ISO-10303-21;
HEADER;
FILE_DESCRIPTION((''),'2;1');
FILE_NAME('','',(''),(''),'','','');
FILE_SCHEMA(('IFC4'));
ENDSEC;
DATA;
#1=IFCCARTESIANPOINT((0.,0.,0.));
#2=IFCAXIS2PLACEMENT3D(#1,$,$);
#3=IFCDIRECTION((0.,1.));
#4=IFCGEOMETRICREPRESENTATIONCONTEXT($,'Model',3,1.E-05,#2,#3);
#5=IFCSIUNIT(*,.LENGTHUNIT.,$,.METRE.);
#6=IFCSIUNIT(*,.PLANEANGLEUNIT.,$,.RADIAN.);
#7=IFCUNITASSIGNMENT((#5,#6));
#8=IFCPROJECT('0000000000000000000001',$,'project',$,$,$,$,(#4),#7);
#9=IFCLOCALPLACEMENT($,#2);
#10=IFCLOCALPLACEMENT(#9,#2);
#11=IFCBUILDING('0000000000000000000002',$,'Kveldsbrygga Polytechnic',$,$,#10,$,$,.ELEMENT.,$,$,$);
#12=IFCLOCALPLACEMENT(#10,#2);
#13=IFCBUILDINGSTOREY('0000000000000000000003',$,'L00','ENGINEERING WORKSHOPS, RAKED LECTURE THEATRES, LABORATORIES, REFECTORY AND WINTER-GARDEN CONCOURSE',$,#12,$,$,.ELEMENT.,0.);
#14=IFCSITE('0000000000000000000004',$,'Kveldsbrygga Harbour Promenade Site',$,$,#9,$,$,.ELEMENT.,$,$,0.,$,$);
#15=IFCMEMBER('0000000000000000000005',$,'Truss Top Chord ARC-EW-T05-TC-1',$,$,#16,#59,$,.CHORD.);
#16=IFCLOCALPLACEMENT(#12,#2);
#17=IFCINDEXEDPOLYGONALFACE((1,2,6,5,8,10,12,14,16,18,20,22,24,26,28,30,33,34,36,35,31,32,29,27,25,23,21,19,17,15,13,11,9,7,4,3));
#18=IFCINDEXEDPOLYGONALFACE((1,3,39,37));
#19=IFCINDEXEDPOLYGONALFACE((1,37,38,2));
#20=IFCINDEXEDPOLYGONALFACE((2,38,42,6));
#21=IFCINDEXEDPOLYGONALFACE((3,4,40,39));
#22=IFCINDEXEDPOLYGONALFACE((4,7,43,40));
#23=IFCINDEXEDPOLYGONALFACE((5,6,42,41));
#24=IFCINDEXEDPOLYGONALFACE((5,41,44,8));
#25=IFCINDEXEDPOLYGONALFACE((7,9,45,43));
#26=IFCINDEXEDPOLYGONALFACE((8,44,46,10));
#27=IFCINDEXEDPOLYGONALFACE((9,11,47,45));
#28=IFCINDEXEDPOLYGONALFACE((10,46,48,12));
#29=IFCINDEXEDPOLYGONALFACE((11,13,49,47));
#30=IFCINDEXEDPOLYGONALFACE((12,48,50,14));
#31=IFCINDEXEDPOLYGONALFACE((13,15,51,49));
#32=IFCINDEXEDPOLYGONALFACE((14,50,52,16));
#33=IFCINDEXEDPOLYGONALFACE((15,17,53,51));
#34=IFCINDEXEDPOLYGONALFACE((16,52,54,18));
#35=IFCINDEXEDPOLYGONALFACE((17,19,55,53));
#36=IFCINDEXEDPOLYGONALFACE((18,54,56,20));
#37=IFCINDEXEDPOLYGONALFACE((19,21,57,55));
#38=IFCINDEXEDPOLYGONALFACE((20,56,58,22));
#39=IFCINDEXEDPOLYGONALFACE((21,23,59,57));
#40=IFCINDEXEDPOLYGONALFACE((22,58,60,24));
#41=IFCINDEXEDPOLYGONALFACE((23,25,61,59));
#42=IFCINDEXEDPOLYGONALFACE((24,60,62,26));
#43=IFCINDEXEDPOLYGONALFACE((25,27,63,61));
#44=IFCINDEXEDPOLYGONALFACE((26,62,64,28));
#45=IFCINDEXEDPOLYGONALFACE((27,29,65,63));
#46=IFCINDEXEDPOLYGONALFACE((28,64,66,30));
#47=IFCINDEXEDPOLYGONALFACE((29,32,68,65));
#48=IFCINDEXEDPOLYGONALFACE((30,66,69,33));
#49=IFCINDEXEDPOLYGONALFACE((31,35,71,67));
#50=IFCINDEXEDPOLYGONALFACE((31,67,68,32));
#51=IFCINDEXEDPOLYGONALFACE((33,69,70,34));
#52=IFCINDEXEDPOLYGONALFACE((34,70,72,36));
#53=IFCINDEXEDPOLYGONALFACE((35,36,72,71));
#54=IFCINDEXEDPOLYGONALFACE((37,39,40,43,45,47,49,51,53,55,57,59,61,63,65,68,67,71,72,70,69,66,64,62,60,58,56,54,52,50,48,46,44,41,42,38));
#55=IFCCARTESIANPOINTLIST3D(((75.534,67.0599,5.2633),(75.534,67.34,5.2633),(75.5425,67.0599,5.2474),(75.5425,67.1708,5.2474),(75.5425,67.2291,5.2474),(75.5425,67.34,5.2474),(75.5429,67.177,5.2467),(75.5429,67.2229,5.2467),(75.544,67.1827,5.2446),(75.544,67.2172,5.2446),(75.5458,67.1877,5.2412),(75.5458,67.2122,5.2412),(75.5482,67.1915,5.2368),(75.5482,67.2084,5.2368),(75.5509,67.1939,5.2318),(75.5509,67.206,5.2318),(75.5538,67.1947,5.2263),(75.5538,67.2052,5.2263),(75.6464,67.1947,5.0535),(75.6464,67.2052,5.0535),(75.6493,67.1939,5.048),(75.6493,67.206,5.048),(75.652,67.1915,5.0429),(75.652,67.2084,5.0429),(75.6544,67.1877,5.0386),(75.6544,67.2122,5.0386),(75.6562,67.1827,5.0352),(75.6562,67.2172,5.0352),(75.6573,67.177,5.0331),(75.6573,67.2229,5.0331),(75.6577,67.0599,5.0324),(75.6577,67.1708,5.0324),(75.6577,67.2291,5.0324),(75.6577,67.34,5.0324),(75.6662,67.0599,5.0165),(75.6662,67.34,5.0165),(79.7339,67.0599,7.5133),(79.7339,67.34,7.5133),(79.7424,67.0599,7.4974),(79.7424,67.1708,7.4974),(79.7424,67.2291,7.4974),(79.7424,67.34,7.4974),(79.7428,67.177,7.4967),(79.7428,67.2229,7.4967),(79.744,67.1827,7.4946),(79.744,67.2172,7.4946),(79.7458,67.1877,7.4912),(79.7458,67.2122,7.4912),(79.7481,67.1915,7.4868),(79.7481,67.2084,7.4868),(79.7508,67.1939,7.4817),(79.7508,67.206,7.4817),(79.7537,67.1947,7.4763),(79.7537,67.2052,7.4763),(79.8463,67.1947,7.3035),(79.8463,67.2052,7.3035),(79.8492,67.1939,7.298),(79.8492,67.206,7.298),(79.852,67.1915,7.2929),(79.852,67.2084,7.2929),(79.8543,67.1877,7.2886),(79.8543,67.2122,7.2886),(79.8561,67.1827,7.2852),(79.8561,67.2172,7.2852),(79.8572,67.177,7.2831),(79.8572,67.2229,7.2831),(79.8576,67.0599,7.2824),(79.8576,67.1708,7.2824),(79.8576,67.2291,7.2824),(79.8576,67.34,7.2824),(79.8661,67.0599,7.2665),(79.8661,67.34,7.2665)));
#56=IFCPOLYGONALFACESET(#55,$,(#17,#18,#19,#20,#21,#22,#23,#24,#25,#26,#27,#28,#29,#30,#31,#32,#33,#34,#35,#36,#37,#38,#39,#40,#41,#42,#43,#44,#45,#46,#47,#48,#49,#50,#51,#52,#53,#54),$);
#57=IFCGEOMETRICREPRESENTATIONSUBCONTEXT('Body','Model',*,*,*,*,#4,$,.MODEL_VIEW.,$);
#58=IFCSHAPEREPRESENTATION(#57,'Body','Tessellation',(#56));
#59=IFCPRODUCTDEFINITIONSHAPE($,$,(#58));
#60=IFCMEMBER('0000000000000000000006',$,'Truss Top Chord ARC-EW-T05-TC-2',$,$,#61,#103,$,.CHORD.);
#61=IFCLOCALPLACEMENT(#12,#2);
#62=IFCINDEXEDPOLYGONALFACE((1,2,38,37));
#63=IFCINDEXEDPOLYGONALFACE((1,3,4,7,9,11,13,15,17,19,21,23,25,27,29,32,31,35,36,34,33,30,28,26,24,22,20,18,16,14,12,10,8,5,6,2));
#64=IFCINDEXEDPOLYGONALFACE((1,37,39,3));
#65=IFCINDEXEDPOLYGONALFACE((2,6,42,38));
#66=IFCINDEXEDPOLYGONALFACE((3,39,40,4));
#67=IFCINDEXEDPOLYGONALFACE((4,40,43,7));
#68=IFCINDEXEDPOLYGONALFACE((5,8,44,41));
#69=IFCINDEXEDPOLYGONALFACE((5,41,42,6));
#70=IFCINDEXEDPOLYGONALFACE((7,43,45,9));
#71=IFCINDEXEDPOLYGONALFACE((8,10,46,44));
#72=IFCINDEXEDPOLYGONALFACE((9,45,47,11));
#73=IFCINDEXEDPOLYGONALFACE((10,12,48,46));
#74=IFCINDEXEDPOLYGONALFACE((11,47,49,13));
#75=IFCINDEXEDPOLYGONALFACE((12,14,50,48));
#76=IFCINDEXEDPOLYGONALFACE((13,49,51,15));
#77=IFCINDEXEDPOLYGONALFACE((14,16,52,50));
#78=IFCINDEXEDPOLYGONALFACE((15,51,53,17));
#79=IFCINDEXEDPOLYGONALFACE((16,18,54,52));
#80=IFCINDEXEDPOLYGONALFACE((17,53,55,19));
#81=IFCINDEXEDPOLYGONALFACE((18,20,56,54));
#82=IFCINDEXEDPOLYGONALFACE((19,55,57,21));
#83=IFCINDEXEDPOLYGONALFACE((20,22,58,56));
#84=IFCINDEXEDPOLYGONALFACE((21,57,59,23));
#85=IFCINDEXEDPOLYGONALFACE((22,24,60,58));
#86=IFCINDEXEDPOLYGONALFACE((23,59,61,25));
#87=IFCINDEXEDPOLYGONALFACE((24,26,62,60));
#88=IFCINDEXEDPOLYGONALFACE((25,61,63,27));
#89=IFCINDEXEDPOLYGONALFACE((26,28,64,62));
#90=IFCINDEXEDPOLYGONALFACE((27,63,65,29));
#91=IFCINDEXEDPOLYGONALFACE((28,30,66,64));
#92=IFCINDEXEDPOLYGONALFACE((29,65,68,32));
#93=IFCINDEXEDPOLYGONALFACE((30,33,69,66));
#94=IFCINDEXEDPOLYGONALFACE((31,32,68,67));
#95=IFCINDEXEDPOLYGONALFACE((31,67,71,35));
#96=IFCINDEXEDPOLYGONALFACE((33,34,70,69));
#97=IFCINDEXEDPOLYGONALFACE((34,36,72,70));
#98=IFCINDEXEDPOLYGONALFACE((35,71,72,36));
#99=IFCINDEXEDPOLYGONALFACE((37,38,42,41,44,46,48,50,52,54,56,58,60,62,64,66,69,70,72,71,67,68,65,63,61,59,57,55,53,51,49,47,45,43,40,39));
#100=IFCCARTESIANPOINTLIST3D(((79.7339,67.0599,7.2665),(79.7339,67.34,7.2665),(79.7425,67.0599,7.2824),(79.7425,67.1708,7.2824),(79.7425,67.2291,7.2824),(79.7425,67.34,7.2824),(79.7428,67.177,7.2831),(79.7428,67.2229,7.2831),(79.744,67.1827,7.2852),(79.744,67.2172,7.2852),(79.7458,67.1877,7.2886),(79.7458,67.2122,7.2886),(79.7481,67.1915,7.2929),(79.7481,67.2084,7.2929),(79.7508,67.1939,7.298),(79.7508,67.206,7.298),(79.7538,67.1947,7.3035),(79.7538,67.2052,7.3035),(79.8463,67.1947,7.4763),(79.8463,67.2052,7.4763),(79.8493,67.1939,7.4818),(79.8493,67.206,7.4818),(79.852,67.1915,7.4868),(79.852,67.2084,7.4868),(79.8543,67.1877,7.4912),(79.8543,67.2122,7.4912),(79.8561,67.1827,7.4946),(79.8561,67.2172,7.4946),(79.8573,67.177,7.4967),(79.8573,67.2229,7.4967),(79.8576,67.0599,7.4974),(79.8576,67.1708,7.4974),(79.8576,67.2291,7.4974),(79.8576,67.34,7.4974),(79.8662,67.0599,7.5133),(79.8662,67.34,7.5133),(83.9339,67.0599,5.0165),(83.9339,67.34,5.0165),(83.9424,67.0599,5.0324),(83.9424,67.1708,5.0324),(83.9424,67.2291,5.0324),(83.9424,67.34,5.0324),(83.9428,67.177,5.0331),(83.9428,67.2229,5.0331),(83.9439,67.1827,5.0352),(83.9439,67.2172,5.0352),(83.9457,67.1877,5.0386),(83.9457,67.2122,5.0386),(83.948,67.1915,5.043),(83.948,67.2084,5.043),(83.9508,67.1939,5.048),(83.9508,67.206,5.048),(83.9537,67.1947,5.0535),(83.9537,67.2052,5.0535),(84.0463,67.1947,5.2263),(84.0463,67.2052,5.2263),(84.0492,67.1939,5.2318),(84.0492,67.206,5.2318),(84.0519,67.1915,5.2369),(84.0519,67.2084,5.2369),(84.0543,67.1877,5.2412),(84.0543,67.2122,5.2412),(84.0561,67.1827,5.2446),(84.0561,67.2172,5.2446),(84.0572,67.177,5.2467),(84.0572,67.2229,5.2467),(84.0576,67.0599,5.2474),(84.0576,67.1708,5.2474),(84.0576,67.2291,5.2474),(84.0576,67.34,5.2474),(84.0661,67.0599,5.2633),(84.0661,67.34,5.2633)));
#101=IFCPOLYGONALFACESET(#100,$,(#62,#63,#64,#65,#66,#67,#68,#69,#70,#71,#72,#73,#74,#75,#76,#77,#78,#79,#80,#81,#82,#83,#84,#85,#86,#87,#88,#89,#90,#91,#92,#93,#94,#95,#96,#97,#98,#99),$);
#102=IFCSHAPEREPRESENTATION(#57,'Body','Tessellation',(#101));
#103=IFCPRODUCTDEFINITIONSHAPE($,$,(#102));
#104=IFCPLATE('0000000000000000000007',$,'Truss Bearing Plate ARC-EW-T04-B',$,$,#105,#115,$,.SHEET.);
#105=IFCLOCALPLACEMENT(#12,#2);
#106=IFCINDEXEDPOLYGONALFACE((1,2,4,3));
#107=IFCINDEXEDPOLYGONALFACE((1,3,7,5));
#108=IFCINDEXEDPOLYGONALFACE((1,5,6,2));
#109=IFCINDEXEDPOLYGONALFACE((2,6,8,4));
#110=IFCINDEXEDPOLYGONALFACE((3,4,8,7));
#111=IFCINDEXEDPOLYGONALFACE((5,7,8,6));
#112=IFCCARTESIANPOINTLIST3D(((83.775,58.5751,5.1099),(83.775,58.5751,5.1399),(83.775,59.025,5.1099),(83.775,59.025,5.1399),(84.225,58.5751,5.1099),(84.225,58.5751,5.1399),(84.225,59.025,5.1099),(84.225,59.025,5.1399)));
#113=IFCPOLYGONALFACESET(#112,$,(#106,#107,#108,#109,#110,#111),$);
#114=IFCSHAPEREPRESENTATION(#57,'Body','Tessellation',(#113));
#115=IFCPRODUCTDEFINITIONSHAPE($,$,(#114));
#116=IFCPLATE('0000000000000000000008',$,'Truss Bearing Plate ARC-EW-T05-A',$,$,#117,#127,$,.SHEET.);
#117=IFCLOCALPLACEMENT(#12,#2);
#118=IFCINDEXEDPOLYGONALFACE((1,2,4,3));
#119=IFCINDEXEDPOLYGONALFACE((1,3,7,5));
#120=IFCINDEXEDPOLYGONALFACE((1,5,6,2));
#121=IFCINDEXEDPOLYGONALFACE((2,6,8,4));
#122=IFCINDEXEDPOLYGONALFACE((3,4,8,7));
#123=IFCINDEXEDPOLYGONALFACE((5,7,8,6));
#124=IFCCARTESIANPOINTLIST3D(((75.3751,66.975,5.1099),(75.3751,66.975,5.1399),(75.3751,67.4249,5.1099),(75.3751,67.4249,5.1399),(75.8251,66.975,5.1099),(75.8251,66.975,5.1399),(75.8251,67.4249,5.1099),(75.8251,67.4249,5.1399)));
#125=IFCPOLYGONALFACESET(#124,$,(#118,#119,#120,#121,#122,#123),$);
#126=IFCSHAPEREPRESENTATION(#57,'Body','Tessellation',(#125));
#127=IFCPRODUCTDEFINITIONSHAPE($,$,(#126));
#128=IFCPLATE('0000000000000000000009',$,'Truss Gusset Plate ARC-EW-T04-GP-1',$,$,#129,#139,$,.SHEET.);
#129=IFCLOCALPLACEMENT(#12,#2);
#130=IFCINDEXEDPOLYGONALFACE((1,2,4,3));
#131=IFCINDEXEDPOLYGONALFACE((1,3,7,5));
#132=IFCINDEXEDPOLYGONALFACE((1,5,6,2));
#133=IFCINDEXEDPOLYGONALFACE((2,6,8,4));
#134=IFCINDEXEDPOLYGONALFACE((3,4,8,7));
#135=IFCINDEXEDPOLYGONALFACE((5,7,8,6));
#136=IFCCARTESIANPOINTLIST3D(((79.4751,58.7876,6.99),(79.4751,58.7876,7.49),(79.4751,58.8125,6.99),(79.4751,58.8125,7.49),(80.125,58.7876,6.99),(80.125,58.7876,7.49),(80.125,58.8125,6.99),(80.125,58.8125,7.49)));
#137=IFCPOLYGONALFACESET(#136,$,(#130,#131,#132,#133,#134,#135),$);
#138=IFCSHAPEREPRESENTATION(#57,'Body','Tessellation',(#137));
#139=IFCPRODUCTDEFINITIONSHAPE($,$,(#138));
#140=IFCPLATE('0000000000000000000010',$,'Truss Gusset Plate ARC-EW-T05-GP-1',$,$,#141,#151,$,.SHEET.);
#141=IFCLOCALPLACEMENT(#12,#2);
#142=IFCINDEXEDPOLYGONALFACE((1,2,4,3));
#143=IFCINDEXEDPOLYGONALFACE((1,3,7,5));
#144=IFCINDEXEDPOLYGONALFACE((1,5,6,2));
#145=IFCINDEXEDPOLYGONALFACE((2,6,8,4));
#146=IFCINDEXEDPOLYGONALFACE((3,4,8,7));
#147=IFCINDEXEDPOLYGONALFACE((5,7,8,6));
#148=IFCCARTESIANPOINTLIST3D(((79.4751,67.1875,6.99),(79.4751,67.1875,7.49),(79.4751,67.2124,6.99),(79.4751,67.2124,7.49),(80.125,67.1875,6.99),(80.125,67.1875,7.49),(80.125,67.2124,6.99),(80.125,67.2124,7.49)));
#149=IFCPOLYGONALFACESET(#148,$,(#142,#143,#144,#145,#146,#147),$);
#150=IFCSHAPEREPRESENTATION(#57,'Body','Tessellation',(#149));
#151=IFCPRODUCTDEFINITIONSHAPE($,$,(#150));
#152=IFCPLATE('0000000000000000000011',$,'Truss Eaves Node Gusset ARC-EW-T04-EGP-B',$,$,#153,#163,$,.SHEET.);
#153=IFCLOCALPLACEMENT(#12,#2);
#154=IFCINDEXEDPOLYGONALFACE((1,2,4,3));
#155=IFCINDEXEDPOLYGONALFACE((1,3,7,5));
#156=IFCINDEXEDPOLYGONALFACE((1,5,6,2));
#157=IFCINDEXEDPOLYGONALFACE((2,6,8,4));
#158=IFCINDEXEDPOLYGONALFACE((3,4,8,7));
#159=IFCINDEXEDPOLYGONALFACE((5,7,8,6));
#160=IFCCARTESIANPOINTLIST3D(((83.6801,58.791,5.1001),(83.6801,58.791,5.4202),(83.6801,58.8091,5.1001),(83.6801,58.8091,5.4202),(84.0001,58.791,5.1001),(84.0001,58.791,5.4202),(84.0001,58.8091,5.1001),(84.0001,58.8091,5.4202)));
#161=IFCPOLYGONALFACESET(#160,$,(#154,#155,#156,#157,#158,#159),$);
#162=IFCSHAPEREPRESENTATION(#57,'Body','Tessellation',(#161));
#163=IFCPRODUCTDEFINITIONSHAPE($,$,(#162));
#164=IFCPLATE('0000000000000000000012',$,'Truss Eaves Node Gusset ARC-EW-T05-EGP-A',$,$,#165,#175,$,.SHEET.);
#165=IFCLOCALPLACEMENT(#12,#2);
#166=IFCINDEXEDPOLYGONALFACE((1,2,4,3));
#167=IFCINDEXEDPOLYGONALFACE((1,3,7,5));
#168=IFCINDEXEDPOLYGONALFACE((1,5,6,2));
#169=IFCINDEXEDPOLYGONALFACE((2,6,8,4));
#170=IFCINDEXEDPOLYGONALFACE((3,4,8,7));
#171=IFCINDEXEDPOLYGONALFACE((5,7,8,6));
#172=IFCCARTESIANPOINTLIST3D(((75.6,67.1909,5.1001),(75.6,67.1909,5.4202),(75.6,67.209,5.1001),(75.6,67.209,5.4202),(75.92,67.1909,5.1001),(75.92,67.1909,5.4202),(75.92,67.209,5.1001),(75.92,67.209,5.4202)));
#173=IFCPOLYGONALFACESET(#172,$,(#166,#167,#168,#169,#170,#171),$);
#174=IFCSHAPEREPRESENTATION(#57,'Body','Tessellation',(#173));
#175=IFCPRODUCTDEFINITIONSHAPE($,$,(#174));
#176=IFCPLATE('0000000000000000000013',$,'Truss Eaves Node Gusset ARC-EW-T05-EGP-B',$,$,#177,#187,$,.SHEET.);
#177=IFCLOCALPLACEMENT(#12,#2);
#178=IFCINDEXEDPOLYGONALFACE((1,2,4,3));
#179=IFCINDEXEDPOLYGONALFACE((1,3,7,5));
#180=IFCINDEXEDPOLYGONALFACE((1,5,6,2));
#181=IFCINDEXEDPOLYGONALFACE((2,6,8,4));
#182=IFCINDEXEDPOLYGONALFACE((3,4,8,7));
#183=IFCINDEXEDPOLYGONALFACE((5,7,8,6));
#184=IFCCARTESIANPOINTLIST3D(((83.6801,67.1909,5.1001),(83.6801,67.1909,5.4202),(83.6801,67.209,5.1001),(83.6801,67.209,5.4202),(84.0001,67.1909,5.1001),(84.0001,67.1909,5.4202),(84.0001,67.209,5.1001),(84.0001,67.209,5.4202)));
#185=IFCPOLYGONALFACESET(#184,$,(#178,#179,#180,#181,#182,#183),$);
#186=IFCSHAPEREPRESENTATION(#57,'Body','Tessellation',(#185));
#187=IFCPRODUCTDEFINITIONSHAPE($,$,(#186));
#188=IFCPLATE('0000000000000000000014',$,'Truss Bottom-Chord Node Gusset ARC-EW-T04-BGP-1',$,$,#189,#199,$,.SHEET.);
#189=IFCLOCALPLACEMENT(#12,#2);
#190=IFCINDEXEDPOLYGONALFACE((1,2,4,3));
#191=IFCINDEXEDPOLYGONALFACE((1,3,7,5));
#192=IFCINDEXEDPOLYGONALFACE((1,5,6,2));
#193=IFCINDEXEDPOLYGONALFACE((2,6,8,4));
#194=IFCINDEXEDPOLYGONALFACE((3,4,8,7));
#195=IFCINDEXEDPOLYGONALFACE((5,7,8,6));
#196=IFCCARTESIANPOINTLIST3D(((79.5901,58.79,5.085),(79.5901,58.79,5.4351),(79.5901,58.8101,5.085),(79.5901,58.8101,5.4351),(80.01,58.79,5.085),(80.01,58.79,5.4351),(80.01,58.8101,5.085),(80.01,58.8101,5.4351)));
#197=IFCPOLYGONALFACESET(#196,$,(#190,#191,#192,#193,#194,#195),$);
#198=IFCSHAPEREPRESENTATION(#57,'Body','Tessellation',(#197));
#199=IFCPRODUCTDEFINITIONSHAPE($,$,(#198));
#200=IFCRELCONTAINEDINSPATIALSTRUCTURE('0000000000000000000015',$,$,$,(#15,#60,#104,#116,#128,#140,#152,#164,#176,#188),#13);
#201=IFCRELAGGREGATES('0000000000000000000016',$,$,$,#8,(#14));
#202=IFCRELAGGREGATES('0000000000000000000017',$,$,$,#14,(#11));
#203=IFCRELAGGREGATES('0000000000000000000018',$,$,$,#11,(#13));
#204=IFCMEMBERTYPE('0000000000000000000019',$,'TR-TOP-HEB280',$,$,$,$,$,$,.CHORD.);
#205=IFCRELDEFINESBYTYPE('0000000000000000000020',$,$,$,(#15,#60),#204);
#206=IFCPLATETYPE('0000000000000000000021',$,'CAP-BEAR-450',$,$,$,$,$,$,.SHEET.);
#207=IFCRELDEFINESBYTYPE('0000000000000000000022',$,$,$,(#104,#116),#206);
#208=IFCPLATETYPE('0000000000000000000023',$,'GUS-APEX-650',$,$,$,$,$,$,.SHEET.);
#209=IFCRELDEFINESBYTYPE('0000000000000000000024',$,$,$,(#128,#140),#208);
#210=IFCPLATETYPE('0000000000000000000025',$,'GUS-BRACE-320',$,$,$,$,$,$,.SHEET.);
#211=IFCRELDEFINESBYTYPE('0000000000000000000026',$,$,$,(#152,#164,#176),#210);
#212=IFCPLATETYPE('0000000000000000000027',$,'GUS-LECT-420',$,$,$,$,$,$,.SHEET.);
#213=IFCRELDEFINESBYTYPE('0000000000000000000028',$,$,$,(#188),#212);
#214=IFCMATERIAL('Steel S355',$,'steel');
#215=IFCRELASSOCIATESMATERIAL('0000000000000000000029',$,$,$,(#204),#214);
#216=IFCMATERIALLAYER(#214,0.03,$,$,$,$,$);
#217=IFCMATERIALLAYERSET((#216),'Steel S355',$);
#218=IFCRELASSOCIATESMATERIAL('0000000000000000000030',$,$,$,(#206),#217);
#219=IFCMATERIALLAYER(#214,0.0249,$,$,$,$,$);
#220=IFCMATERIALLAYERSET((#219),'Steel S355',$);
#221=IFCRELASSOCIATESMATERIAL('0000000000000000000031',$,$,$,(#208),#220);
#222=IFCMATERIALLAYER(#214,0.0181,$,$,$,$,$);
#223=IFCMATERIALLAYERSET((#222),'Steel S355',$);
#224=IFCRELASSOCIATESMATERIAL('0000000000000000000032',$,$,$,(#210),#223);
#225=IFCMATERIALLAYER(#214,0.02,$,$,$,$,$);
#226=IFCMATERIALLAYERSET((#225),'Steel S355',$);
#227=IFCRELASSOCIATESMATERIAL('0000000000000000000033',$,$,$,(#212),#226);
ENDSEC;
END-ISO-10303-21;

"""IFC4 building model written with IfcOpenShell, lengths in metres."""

from ifc_helpers import new_model, si_unit, direction, frame, origin, origin_2d, place, context, subcontext, project, spatial, rectangle, i_section, extrude, material, layer, layer_set, material_profile, profile_set, type_object, element, save


model = new_model("IFC4")

# Units and contexts
model_context = context("Model", 3, precision=1e-05, world=origin(), true_north=direction((0.0, 1.0)))
body_context = subcontext(model_context, "Body", "Model", "MODEL_VIEW")
ifc_project = project(units=[si_unit("LENGTHUNIT", "METRE"), si_unit("PLANEANGLEUNIT", "RADIAN")], contexts=[model_context])

# Site, building, storey
site_placement = place(None, origin())
site = spatial("IfcSite", under=ifc_project, at=site_placement, Name="Kveldsbrygga Harbour Promenade Site", CompositionType="ELEMENT", RefElevation=0.0)
building_placement = place(site_placement, origin())
building = spatial("IfcBuilding", under=site, at=building_placement, Name="Kveldsbrygga Polytechnic", CompositionType="ELEMENT")
storey_placement = place(building_placement, origin())
storey = spatial("IfcBuildingStorey", under=building, at=storey_placement, Name="L00", Description="ENGINEERING WORKSHOPS, RAKED LECTURE THEATRES, LABORATORIES, REFECTORY AND WINTER-GARDEN CONCOURSE", CompositionType="ELEMENT", Elevation=0.0)

# Members
ifc_material_1 = material(Name="Steel S355", Category="steel")
ifc_material_profile_1 = material_profile(ifc_material_1, i_section(OverallWidth=0.28, OverallDepth=0.28, WebThickness=0.0105, FlangeThickness=0.0181, FilletRadius=0.0239, at=origin_2d()), Name="HEB 280")
ifc_profile_set_1 = profile_set([ifc_material_profile_1], Name="Steel S355")
member_type_1 = type_object("IfcMemberType", Name="TR-TOP-HEB280", PredefinedType="CHORD", material=ifc_profile_set_1)
for number, where, z_axis, x_axis, name in (
    (1, (75.6001, 67.2, 5.1399), (0.881478, 0.0, 0.472226), (0.0, 1.0, 0.0), "Truss Top Chord ARC-EW-T05-TC-1"),
    (2, (79.8, 67.2, 7.3899), (0.881478, 0.0, -0.472226), (0.0, 1.0, 0.0), "Truss Top Chord ARC-EW-T05-TC-2"),
):
    element("IfcMember", number, at=place(storey_placement, frame(where, z_axis=z_axis, x_axis=x_axis)), inside=storey, type_object=member_type_1, Name=name, PredefinedType="CHORD", context=body_context, shape_type="SweptSolid", body=[
        extrude(i_section(OverallWidth=0.28, OverallDepth=0.28, WebThickness=0.0105, FlangeThickness=0.0181, FilletRadius=0.0239, at=origin_2d()), origin(), (0.0, 0.0, 1.0), 4.7646),
    ])

# Plates
ifc_layer_1 = layer(ifc_material_1, 0.03)
ifc_layer_set_1 = layer_set([ifc_layer_1], Name="Steel S355")
plate_type_1 = type_object("IfcPlateType", Name="CAP-BEAR-450", PredefinedType="SHEET", material=ifc_layer_set_1)
for number, where, z_axis, x_axis, name in (
    (3, (84.0, 58.8, 5.1099), (0.0, 0.0, 1.0), (1.0, 0.0, 0.0), "Truss Bearing Plate ARC-EW-T04-B"),
    (4, (75.6001, 67.2, 5.1099), (0.0, 0.0, 1.0), (1.0, 0.0, 0.0), "Truss Bearing Plate ARC-EW-T05-A"),
):
    element("IfcPlate", number, at=place(storey_placement, frame(where, z_axis=z_axis, x_axis=x_axis)), inside=storey, type_object=plate_type_1, Name=name, PredefinedType="SHEET", context=body_context, shape_type="SweptSolid", body=[
        extrude(rectangle(XDim=0.45, YDim=0.45, at=origin_2d()), origin(), (0.0, 0.0, 1.0), 0.03),
    ])
ifc_layer_2 = layer(ifc_material_1, 0.0249)
ifc_layer_set_2 = layer_set([ifc_layer_2], Name="Steel S355")
plate_type_2 = type_object("IfcPlateType", Name="GUS-APEX-650", PredefinedType="SHEET", material=ifc_layer_set_2)
for number, where, z_axis, x_axis, name in (
    (5, (79.8, 58.8, 6.99), (0.0, 0.0, 1.0), (1.0, 0.0, 0.0), "Truss Gusset Plate ARC-EW-T04-GP-1"),
    (6, (79.8, 67.2, 6.99), (0.0, 0.0, 1.0), (1.0, 0.0, 0.0), "Truss Gusset Plate ARC-EW-T05-GP-1"),
):
    element("IfcPlate", number, at=place(storey_placement, frame(where, z_axis=z_axis, x_axis=x_axis)), inside=storey, type_object=plate_type_2, Name=name, PredefinedType="SHEET", context=body_context, shape_type="SweptSolid", body=[
        extrude(rectangle(XDim=0.6499, YDim=0.0249, at=origin_2d()), origin(), (0.0, 0.0, 1.0), 0.5),
    ])
ifc_layer_3 = layer(ifc_material_1, 0.0181)
ifc_layer_set_3 = layer_set([ifc_layer_3], Name="Steel S355")
plate_type_3 = type_object("IfcPlateType", Name="GUS-BRACE-320", PredefinedType="SHEET", material=ifc_layer_set_3)
for number, where, z_axis, x_axis, name in (
    (7, (83.8401, 58.8, 5.1001), (0.0, 0.0, 1.0), (1.0, 0.0, 0.0), "Truss Eaves Node Gusset ARC-EW-T04-EGP-B"),
    (8, (75.76, 67.2, 5.1001), (0.0, 0.0, 1.0), (1.0, 0.0, 0.0), "Truss Eaves Node Gusset ARC-EW-T05-EGP-A"),
    (9, (83.8401, 67.2, 5.1001), (0.0, 0.0, 1.0), (1.0, 0.0, 0.0), "Truss Eaves Node Gusset ARC-EW-T05-EGP-B"),
):
    element("IfcPlate", number, at=place(storey_placement, frame(where, z_axis=z_axis, x_axis=x_axis)), inside=storey, type_object=plate_type_3, Name=name, PredefinedType="SHEET", context=body_context, shape_type="SweptSolid", body=[
        extrude(rectangle(XDim=0.3201, YDim=0.0181, at=origin_2d()), origin(), (0.0, 0.0, 1.0), 0.3201),
    ])
ifc_layer_4 = layer(ifc_material_1, 0.02)
ifc_layer_set_4 = layer_set([ifc_layer_4], Name="Steel S355")
plate_type_4 = type_object("IfcPlateType", Name="GUS-LECT-420", PredefinedType="SHEET", material=ifc_layer_set_4)
for number, where, z_axis, x_axis, name in (
    (10, (79.8, 58.8, 5.085), (0.0, 0.0, 1.0), (1.0, 0.0, 0.0), "Truss Bottom-Chord Node Gusset ARC-EW-T04-BGP-1"),
):
    element("IfcPlate", number, at=place(storey_placement, frame(where, z_axis=z_axis, x_axis=x_axis)), inside=storey, type_object=plate_type_4, Name=name, PredefinedType="SHEET", context=body_context, shape_type="SweptSolid", body=[
        extrude(rectangle(XDim=0.4199, YDim=0.02, at=origin_2d()), origin(), (0.0, 0.0, 1.0), 0.3501),
    ])

save(model, "model.ifc")
